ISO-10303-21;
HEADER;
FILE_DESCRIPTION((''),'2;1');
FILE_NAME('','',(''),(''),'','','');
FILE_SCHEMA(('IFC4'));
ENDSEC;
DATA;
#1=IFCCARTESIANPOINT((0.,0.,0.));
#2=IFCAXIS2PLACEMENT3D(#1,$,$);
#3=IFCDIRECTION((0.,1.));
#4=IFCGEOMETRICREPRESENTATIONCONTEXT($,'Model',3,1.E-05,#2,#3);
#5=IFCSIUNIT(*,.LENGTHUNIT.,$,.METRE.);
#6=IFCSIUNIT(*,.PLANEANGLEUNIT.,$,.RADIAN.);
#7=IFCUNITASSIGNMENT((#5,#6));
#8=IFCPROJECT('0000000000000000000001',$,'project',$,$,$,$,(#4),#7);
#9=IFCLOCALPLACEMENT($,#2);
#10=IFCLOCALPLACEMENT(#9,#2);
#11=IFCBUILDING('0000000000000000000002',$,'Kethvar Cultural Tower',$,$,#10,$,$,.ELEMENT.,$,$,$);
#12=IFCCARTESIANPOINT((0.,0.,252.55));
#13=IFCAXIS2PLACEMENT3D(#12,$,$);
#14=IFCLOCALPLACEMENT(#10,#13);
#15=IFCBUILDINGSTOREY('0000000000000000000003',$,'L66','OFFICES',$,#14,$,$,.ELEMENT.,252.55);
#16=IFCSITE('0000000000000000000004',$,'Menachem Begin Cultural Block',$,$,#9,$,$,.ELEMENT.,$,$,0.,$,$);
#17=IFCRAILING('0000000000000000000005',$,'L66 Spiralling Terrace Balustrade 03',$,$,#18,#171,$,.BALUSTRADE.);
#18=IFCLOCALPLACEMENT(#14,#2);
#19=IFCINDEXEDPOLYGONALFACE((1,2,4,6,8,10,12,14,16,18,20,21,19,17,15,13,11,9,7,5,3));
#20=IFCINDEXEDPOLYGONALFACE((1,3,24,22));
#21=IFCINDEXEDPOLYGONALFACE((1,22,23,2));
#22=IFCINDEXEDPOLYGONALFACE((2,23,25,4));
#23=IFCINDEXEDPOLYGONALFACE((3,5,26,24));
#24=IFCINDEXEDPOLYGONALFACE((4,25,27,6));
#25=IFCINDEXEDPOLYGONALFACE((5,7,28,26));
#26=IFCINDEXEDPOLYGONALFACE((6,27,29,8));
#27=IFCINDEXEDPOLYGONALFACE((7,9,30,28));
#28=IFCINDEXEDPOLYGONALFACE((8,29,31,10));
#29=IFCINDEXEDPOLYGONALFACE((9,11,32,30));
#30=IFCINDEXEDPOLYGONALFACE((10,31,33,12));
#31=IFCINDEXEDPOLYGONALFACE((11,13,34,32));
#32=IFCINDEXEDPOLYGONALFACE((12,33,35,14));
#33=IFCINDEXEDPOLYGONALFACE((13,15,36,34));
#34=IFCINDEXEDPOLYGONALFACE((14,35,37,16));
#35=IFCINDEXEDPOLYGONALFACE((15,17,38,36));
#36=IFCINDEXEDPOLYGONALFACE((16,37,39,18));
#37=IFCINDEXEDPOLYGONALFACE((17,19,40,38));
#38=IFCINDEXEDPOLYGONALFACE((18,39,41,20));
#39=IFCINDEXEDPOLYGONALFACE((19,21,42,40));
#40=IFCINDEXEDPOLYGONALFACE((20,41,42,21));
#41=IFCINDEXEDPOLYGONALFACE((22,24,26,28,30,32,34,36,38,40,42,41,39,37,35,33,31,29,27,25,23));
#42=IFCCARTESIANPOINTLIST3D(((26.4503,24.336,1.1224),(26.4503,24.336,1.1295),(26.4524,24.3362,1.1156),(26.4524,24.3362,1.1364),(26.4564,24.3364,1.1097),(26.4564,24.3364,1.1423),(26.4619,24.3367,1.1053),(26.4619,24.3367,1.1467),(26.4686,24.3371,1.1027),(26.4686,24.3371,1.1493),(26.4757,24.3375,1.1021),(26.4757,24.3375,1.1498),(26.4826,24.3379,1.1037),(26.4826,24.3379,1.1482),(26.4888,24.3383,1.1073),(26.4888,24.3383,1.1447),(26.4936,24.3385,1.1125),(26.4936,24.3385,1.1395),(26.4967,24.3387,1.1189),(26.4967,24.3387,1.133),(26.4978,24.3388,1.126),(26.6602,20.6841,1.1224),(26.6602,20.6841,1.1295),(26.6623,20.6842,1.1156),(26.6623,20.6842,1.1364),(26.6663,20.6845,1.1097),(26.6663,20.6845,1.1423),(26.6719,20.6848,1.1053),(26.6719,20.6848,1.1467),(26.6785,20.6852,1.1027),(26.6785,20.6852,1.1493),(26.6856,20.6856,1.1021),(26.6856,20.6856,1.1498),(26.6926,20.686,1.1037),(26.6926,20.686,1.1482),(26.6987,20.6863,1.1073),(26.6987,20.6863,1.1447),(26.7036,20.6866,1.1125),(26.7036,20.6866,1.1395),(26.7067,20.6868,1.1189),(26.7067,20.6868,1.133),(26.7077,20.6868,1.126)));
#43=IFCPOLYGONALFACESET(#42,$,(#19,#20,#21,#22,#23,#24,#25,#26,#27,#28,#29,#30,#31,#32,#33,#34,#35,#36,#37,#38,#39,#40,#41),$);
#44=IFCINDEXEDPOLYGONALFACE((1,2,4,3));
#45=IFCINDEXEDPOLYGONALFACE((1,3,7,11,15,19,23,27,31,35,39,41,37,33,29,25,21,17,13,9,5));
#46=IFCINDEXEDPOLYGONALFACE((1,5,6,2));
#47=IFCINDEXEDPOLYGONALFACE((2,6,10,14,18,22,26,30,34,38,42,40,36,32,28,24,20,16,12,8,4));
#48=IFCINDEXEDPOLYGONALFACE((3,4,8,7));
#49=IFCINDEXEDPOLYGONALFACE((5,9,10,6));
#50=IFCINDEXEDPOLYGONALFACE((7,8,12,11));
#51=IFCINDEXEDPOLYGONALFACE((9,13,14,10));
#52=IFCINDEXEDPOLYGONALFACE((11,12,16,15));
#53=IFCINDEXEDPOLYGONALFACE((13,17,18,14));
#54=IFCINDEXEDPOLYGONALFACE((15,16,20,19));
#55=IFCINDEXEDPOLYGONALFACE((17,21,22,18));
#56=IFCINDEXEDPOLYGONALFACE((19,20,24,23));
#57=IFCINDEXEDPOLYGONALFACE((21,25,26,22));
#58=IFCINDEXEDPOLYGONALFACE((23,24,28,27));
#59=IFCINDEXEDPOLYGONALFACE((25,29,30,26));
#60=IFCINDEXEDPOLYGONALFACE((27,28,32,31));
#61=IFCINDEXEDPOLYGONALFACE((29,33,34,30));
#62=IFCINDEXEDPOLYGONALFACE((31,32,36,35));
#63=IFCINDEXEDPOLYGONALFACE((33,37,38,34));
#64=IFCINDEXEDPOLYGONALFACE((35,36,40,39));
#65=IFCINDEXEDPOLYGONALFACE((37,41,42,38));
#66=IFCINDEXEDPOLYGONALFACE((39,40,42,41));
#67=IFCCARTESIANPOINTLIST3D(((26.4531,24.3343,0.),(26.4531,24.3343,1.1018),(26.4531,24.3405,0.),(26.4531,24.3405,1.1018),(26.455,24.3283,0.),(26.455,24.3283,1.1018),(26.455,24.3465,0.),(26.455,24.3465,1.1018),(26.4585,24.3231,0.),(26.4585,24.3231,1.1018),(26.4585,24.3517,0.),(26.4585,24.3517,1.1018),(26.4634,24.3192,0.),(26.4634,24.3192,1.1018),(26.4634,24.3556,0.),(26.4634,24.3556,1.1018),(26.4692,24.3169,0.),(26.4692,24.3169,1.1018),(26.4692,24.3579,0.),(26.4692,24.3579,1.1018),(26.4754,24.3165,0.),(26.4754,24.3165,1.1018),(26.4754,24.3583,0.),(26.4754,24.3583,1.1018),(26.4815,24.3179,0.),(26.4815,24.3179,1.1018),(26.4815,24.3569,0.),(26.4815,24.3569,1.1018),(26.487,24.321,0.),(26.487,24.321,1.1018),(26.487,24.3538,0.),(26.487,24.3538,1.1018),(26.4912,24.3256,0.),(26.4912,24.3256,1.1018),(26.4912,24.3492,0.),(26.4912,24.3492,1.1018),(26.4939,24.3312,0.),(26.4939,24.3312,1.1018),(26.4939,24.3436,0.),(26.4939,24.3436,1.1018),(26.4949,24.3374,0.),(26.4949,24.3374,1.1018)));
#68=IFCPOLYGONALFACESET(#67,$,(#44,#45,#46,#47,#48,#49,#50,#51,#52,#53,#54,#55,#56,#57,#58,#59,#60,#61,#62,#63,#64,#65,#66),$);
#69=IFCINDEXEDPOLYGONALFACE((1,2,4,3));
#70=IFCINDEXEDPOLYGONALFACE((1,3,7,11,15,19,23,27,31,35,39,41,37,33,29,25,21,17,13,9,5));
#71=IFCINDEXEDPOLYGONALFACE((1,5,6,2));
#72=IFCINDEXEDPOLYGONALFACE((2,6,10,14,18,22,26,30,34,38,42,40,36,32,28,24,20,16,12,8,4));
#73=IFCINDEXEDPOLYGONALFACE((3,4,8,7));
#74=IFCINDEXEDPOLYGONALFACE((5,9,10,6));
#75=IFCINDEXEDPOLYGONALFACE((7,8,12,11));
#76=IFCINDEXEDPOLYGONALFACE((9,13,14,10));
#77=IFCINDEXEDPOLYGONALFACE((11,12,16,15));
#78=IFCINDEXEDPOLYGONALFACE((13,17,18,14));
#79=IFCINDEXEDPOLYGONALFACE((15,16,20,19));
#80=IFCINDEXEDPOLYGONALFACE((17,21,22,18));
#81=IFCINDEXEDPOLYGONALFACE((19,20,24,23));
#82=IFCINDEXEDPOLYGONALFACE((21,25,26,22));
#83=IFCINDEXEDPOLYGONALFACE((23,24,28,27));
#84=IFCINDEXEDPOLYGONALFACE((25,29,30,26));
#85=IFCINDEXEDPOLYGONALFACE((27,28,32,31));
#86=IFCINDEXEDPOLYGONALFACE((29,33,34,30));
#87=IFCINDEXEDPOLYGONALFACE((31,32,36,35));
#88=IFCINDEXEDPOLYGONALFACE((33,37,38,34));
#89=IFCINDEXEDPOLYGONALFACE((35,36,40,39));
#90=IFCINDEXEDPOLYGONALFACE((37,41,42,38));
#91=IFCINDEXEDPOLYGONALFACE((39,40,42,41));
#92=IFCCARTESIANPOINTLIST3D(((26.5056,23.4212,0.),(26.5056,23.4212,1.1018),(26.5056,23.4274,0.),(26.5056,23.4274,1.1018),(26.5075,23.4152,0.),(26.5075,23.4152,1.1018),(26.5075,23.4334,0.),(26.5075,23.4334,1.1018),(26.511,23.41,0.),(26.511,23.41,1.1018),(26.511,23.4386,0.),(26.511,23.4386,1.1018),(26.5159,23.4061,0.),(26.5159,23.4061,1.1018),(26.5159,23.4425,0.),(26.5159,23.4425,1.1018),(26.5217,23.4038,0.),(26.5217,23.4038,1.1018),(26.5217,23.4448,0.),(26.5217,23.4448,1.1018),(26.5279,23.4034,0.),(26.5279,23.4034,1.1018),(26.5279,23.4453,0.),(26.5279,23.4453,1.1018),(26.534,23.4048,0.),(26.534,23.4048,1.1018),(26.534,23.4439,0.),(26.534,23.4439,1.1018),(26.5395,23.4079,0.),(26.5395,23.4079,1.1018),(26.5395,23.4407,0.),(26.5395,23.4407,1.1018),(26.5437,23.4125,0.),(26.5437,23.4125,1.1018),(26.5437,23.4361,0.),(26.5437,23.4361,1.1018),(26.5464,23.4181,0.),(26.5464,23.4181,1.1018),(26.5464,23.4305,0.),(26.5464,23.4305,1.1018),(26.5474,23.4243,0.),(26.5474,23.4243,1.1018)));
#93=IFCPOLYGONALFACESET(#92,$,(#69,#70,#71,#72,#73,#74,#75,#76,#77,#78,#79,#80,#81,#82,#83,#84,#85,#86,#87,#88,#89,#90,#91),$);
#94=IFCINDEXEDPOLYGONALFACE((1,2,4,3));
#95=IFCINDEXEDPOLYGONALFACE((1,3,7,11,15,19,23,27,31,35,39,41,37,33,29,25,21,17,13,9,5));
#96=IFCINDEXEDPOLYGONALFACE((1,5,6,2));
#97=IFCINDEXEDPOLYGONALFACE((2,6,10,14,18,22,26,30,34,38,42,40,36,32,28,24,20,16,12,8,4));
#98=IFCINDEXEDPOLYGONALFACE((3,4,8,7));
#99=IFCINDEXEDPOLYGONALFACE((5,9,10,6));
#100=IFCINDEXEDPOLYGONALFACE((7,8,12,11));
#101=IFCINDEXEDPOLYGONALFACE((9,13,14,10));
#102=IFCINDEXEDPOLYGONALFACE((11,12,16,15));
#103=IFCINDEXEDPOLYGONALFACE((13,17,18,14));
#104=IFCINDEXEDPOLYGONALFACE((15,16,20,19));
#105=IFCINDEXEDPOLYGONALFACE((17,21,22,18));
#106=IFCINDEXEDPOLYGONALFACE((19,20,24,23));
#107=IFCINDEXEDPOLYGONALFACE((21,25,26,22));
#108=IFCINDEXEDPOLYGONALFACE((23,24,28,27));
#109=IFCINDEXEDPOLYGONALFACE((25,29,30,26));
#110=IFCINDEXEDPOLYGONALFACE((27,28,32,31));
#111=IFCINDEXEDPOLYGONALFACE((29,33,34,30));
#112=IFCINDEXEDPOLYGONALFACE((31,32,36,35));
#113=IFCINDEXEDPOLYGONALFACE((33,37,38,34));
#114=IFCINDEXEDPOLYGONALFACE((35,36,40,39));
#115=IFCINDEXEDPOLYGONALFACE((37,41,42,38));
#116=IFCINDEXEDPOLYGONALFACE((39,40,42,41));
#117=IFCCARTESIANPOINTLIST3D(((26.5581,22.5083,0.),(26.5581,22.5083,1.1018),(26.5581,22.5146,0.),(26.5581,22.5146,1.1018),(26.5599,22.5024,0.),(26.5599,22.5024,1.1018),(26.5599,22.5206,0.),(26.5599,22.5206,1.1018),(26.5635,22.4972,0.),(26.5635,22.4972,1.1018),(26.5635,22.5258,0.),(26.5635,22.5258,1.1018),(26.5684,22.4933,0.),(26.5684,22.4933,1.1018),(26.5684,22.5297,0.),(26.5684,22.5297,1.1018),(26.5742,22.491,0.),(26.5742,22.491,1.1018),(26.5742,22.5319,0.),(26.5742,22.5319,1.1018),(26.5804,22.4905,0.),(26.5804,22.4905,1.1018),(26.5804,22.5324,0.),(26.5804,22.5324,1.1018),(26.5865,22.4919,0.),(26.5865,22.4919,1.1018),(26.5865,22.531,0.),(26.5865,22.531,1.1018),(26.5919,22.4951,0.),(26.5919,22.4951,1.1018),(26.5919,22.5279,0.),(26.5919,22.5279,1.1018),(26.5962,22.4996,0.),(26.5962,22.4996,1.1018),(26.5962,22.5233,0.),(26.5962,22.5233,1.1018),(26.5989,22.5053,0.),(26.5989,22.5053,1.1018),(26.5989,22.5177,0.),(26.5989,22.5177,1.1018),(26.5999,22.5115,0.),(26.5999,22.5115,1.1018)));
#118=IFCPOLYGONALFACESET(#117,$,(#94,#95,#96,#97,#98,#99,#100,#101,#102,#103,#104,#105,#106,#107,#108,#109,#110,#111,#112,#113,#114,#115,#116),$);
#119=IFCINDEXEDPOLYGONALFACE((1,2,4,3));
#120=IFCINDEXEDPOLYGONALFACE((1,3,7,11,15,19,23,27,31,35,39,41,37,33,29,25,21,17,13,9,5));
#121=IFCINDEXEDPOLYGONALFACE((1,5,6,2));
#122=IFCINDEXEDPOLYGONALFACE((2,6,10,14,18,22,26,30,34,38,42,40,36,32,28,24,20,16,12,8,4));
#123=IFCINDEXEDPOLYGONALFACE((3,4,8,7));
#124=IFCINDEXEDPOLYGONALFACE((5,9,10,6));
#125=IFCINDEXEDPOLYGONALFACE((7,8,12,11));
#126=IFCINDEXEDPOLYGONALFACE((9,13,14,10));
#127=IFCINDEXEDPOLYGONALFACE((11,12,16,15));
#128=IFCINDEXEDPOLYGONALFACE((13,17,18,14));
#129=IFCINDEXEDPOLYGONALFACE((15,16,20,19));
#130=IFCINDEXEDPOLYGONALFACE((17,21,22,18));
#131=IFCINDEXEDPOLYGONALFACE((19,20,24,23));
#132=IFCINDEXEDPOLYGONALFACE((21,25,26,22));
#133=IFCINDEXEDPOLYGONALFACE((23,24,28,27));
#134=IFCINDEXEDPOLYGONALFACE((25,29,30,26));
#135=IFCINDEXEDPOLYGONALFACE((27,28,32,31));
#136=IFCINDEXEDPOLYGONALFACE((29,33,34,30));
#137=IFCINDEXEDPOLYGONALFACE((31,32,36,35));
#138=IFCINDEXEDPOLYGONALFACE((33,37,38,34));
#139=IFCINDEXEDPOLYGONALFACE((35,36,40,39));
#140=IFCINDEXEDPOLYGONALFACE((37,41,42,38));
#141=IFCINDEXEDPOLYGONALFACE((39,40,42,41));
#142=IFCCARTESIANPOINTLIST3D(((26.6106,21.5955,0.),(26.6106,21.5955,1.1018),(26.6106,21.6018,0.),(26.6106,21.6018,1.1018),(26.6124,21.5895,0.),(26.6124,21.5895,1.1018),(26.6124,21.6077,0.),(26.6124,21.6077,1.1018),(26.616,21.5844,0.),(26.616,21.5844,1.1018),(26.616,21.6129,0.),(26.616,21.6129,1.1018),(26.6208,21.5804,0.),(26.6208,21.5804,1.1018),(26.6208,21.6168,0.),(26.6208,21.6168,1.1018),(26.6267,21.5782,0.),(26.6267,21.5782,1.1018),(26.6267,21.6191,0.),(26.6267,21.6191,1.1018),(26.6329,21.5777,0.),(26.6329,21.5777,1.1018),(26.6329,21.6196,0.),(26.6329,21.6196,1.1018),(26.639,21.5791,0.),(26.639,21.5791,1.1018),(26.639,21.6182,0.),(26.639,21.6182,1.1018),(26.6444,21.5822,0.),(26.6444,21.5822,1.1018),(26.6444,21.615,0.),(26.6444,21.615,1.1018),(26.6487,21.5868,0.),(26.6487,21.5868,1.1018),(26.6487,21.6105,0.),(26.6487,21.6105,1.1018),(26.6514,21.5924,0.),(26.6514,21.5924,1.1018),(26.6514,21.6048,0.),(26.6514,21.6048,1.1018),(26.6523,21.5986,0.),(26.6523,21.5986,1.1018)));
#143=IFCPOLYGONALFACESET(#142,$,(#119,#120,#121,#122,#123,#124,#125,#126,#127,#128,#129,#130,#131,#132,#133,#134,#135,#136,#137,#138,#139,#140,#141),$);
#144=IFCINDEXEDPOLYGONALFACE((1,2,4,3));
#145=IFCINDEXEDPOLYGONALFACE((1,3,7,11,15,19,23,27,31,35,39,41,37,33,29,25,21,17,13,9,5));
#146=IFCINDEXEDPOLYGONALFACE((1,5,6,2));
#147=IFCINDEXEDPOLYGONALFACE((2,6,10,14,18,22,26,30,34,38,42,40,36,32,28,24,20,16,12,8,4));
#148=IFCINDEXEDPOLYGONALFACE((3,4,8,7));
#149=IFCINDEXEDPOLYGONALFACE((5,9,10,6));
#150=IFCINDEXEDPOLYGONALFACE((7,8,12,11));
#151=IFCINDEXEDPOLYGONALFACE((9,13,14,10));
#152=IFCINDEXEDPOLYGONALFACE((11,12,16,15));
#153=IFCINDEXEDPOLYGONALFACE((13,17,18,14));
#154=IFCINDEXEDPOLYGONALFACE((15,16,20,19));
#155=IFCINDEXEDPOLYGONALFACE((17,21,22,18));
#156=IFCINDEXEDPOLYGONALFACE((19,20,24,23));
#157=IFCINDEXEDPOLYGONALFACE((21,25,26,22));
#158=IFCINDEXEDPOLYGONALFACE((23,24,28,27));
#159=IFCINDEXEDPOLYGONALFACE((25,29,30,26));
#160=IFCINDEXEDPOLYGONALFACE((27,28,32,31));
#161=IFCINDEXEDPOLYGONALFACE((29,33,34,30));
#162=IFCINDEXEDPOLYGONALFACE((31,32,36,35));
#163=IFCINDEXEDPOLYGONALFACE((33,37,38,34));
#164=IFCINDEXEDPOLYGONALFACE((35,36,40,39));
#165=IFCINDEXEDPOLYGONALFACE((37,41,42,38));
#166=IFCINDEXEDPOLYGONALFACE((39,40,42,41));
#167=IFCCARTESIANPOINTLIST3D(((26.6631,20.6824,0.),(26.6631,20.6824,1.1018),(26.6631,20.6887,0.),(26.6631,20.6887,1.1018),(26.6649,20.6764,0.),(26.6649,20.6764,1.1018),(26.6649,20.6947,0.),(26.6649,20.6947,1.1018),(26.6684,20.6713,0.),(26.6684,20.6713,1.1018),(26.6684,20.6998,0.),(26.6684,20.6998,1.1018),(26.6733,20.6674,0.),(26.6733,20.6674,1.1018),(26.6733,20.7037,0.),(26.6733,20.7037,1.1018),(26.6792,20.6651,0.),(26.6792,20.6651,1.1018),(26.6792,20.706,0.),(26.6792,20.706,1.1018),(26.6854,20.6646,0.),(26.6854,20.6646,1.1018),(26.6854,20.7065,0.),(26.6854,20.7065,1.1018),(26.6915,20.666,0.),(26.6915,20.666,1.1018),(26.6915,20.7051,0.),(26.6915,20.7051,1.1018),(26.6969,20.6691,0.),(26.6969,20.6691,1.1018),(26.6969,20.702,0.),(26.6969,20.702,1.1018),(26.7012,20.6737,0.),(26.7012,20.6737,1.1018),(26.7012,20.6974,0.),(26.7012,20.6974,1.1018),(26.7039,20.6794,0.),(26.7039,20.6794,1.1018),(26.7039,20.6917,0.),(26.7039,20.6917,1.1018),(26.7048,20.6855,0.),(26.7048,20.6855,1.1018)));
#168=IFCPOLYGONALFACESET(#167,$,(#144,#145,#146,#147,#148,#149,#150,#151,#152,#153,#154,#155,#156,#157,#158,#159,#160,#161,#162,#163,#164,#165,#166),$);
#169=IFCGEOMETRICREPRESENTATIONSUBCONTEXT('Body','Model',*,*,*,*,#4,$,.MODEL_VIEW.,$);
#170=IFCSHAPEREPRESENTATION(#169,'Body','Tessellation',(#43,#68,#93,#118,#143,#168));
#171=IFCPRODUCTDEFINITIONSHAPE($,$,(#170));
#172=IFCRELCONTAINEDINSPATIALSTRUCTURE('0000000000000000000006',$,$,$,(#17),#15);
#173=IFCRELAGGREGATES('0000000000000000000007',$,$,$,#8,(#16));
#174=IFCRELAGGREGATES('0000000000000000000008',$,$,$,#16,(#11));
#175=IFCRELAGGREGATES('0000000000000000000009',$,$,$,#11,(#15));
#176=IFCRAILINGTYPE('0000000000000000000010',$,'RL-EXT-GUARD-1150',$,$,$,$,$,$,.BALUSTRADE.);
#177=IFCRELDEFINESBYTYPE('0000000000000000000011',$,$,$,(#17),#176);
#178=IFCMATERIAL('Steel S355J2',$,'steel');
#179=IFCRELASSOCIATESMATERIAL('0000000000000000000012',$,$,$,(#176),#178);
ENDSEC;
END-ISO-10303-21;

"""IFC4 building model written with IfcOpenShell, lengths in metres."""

from ifc_helpers import new_model, si_unit, direction, frame, origin, origin_2d, place, context, subcontext, project, spatial, circle, extrude, material, type_object, element, save


model = new_model("IFC4")

# Units and contexts
model_context = context("Model", 3, precision=1e-05, world=origin(), true_north=direction((0.0, 1.0)))
body_context = subcontext(model_context, "Body", "Model", "MODEL_VIEW")
ifc_project = project(units=[si_unit("LENGTHUNIT", "METRE"), si_unit("PLANEANGLEUNIT", "RADIAN")], contexts=[model_context])

# Site, building, storey
site_placement = place(None, origin())
site = spatial("IfcSite", under=ifc_project, at=site_placement, Name="Menachem Begin Cultural Block", CompositionType="ELEMENT", RefElevation=0.0)
building_placement = place(site_placement, origin())
building = spatial("IfcBuilding", under=site, at=building_placement, Name="Kethvar Cultural Tower", CompositionType="ELEMENT")
storey_placement = place(building_placement, frame((0.0, 0.0, 252.55)))
storey = spatial("IfcBuildingStorey", under=building, at=storey_placement, Name="L66", Description="OFFICES", CompositionType="ELEMENT", Elevation=252.55)

# Shared definitions
ifc_material_1 = material(Name="Steel S355J2", Category="steel")

# Railing
railing_type = type_object("IfcRailingType", Name="RL-EXT-GUARD-1150", PredefinedType="BALUSTRADE", material=ifc_material_1)
railing_1_placement = place(storey_placement, frame((26.4739, 24.3374, 0.0)))
element("IfcRailing", 1, at=railing_1_placement, inside=storey, type_object=railing_type, Name="L66 Spiralling Terrace Balustrade 03", PredefinedType="BALUSTRADE", context=body_context, shape_type="SweptSolid", body=[
    extrude(circle(Radius=0.0239, at=origin_2d()), frame((0.0, 0.0, 1.126), z_axis=(0.0574, -0.998351, 0.0), x_axis=(0.998351, 0.0574, 0.0)), (0.0, 0.0, 1.0), 3.658),
    extrude(circle(Radius=0.021, at=origin_2d()), origin(), (0.0, 0.0, 1.0), 1.1018),
    extrude(circle(Radius=0.021, at=origin_2d()), frame((0.0525, -0.9131, 0.0)), (0.0, 0.0, 1.0), 1.1018),
    extrude(circle(Radius=0.021, at=origin_2d()), frame((0.105, -1.8259, 0.0)), (0.0, 0.0, 1.0), 1.1018),
    extrude(circle(Radius=0.021, at=origin_2d()), frame((0.1575, -2.7388, 0.0)), (0.0, 0.0, 1.0), 1.1018),
    extrude(circle(Radius=0.021, at=origin_2d()), frame((0.21, -3.6519, 0.0)), (0.0, 0.0, 1.0), 1.1018),
])

save(model, "model.ifc")
